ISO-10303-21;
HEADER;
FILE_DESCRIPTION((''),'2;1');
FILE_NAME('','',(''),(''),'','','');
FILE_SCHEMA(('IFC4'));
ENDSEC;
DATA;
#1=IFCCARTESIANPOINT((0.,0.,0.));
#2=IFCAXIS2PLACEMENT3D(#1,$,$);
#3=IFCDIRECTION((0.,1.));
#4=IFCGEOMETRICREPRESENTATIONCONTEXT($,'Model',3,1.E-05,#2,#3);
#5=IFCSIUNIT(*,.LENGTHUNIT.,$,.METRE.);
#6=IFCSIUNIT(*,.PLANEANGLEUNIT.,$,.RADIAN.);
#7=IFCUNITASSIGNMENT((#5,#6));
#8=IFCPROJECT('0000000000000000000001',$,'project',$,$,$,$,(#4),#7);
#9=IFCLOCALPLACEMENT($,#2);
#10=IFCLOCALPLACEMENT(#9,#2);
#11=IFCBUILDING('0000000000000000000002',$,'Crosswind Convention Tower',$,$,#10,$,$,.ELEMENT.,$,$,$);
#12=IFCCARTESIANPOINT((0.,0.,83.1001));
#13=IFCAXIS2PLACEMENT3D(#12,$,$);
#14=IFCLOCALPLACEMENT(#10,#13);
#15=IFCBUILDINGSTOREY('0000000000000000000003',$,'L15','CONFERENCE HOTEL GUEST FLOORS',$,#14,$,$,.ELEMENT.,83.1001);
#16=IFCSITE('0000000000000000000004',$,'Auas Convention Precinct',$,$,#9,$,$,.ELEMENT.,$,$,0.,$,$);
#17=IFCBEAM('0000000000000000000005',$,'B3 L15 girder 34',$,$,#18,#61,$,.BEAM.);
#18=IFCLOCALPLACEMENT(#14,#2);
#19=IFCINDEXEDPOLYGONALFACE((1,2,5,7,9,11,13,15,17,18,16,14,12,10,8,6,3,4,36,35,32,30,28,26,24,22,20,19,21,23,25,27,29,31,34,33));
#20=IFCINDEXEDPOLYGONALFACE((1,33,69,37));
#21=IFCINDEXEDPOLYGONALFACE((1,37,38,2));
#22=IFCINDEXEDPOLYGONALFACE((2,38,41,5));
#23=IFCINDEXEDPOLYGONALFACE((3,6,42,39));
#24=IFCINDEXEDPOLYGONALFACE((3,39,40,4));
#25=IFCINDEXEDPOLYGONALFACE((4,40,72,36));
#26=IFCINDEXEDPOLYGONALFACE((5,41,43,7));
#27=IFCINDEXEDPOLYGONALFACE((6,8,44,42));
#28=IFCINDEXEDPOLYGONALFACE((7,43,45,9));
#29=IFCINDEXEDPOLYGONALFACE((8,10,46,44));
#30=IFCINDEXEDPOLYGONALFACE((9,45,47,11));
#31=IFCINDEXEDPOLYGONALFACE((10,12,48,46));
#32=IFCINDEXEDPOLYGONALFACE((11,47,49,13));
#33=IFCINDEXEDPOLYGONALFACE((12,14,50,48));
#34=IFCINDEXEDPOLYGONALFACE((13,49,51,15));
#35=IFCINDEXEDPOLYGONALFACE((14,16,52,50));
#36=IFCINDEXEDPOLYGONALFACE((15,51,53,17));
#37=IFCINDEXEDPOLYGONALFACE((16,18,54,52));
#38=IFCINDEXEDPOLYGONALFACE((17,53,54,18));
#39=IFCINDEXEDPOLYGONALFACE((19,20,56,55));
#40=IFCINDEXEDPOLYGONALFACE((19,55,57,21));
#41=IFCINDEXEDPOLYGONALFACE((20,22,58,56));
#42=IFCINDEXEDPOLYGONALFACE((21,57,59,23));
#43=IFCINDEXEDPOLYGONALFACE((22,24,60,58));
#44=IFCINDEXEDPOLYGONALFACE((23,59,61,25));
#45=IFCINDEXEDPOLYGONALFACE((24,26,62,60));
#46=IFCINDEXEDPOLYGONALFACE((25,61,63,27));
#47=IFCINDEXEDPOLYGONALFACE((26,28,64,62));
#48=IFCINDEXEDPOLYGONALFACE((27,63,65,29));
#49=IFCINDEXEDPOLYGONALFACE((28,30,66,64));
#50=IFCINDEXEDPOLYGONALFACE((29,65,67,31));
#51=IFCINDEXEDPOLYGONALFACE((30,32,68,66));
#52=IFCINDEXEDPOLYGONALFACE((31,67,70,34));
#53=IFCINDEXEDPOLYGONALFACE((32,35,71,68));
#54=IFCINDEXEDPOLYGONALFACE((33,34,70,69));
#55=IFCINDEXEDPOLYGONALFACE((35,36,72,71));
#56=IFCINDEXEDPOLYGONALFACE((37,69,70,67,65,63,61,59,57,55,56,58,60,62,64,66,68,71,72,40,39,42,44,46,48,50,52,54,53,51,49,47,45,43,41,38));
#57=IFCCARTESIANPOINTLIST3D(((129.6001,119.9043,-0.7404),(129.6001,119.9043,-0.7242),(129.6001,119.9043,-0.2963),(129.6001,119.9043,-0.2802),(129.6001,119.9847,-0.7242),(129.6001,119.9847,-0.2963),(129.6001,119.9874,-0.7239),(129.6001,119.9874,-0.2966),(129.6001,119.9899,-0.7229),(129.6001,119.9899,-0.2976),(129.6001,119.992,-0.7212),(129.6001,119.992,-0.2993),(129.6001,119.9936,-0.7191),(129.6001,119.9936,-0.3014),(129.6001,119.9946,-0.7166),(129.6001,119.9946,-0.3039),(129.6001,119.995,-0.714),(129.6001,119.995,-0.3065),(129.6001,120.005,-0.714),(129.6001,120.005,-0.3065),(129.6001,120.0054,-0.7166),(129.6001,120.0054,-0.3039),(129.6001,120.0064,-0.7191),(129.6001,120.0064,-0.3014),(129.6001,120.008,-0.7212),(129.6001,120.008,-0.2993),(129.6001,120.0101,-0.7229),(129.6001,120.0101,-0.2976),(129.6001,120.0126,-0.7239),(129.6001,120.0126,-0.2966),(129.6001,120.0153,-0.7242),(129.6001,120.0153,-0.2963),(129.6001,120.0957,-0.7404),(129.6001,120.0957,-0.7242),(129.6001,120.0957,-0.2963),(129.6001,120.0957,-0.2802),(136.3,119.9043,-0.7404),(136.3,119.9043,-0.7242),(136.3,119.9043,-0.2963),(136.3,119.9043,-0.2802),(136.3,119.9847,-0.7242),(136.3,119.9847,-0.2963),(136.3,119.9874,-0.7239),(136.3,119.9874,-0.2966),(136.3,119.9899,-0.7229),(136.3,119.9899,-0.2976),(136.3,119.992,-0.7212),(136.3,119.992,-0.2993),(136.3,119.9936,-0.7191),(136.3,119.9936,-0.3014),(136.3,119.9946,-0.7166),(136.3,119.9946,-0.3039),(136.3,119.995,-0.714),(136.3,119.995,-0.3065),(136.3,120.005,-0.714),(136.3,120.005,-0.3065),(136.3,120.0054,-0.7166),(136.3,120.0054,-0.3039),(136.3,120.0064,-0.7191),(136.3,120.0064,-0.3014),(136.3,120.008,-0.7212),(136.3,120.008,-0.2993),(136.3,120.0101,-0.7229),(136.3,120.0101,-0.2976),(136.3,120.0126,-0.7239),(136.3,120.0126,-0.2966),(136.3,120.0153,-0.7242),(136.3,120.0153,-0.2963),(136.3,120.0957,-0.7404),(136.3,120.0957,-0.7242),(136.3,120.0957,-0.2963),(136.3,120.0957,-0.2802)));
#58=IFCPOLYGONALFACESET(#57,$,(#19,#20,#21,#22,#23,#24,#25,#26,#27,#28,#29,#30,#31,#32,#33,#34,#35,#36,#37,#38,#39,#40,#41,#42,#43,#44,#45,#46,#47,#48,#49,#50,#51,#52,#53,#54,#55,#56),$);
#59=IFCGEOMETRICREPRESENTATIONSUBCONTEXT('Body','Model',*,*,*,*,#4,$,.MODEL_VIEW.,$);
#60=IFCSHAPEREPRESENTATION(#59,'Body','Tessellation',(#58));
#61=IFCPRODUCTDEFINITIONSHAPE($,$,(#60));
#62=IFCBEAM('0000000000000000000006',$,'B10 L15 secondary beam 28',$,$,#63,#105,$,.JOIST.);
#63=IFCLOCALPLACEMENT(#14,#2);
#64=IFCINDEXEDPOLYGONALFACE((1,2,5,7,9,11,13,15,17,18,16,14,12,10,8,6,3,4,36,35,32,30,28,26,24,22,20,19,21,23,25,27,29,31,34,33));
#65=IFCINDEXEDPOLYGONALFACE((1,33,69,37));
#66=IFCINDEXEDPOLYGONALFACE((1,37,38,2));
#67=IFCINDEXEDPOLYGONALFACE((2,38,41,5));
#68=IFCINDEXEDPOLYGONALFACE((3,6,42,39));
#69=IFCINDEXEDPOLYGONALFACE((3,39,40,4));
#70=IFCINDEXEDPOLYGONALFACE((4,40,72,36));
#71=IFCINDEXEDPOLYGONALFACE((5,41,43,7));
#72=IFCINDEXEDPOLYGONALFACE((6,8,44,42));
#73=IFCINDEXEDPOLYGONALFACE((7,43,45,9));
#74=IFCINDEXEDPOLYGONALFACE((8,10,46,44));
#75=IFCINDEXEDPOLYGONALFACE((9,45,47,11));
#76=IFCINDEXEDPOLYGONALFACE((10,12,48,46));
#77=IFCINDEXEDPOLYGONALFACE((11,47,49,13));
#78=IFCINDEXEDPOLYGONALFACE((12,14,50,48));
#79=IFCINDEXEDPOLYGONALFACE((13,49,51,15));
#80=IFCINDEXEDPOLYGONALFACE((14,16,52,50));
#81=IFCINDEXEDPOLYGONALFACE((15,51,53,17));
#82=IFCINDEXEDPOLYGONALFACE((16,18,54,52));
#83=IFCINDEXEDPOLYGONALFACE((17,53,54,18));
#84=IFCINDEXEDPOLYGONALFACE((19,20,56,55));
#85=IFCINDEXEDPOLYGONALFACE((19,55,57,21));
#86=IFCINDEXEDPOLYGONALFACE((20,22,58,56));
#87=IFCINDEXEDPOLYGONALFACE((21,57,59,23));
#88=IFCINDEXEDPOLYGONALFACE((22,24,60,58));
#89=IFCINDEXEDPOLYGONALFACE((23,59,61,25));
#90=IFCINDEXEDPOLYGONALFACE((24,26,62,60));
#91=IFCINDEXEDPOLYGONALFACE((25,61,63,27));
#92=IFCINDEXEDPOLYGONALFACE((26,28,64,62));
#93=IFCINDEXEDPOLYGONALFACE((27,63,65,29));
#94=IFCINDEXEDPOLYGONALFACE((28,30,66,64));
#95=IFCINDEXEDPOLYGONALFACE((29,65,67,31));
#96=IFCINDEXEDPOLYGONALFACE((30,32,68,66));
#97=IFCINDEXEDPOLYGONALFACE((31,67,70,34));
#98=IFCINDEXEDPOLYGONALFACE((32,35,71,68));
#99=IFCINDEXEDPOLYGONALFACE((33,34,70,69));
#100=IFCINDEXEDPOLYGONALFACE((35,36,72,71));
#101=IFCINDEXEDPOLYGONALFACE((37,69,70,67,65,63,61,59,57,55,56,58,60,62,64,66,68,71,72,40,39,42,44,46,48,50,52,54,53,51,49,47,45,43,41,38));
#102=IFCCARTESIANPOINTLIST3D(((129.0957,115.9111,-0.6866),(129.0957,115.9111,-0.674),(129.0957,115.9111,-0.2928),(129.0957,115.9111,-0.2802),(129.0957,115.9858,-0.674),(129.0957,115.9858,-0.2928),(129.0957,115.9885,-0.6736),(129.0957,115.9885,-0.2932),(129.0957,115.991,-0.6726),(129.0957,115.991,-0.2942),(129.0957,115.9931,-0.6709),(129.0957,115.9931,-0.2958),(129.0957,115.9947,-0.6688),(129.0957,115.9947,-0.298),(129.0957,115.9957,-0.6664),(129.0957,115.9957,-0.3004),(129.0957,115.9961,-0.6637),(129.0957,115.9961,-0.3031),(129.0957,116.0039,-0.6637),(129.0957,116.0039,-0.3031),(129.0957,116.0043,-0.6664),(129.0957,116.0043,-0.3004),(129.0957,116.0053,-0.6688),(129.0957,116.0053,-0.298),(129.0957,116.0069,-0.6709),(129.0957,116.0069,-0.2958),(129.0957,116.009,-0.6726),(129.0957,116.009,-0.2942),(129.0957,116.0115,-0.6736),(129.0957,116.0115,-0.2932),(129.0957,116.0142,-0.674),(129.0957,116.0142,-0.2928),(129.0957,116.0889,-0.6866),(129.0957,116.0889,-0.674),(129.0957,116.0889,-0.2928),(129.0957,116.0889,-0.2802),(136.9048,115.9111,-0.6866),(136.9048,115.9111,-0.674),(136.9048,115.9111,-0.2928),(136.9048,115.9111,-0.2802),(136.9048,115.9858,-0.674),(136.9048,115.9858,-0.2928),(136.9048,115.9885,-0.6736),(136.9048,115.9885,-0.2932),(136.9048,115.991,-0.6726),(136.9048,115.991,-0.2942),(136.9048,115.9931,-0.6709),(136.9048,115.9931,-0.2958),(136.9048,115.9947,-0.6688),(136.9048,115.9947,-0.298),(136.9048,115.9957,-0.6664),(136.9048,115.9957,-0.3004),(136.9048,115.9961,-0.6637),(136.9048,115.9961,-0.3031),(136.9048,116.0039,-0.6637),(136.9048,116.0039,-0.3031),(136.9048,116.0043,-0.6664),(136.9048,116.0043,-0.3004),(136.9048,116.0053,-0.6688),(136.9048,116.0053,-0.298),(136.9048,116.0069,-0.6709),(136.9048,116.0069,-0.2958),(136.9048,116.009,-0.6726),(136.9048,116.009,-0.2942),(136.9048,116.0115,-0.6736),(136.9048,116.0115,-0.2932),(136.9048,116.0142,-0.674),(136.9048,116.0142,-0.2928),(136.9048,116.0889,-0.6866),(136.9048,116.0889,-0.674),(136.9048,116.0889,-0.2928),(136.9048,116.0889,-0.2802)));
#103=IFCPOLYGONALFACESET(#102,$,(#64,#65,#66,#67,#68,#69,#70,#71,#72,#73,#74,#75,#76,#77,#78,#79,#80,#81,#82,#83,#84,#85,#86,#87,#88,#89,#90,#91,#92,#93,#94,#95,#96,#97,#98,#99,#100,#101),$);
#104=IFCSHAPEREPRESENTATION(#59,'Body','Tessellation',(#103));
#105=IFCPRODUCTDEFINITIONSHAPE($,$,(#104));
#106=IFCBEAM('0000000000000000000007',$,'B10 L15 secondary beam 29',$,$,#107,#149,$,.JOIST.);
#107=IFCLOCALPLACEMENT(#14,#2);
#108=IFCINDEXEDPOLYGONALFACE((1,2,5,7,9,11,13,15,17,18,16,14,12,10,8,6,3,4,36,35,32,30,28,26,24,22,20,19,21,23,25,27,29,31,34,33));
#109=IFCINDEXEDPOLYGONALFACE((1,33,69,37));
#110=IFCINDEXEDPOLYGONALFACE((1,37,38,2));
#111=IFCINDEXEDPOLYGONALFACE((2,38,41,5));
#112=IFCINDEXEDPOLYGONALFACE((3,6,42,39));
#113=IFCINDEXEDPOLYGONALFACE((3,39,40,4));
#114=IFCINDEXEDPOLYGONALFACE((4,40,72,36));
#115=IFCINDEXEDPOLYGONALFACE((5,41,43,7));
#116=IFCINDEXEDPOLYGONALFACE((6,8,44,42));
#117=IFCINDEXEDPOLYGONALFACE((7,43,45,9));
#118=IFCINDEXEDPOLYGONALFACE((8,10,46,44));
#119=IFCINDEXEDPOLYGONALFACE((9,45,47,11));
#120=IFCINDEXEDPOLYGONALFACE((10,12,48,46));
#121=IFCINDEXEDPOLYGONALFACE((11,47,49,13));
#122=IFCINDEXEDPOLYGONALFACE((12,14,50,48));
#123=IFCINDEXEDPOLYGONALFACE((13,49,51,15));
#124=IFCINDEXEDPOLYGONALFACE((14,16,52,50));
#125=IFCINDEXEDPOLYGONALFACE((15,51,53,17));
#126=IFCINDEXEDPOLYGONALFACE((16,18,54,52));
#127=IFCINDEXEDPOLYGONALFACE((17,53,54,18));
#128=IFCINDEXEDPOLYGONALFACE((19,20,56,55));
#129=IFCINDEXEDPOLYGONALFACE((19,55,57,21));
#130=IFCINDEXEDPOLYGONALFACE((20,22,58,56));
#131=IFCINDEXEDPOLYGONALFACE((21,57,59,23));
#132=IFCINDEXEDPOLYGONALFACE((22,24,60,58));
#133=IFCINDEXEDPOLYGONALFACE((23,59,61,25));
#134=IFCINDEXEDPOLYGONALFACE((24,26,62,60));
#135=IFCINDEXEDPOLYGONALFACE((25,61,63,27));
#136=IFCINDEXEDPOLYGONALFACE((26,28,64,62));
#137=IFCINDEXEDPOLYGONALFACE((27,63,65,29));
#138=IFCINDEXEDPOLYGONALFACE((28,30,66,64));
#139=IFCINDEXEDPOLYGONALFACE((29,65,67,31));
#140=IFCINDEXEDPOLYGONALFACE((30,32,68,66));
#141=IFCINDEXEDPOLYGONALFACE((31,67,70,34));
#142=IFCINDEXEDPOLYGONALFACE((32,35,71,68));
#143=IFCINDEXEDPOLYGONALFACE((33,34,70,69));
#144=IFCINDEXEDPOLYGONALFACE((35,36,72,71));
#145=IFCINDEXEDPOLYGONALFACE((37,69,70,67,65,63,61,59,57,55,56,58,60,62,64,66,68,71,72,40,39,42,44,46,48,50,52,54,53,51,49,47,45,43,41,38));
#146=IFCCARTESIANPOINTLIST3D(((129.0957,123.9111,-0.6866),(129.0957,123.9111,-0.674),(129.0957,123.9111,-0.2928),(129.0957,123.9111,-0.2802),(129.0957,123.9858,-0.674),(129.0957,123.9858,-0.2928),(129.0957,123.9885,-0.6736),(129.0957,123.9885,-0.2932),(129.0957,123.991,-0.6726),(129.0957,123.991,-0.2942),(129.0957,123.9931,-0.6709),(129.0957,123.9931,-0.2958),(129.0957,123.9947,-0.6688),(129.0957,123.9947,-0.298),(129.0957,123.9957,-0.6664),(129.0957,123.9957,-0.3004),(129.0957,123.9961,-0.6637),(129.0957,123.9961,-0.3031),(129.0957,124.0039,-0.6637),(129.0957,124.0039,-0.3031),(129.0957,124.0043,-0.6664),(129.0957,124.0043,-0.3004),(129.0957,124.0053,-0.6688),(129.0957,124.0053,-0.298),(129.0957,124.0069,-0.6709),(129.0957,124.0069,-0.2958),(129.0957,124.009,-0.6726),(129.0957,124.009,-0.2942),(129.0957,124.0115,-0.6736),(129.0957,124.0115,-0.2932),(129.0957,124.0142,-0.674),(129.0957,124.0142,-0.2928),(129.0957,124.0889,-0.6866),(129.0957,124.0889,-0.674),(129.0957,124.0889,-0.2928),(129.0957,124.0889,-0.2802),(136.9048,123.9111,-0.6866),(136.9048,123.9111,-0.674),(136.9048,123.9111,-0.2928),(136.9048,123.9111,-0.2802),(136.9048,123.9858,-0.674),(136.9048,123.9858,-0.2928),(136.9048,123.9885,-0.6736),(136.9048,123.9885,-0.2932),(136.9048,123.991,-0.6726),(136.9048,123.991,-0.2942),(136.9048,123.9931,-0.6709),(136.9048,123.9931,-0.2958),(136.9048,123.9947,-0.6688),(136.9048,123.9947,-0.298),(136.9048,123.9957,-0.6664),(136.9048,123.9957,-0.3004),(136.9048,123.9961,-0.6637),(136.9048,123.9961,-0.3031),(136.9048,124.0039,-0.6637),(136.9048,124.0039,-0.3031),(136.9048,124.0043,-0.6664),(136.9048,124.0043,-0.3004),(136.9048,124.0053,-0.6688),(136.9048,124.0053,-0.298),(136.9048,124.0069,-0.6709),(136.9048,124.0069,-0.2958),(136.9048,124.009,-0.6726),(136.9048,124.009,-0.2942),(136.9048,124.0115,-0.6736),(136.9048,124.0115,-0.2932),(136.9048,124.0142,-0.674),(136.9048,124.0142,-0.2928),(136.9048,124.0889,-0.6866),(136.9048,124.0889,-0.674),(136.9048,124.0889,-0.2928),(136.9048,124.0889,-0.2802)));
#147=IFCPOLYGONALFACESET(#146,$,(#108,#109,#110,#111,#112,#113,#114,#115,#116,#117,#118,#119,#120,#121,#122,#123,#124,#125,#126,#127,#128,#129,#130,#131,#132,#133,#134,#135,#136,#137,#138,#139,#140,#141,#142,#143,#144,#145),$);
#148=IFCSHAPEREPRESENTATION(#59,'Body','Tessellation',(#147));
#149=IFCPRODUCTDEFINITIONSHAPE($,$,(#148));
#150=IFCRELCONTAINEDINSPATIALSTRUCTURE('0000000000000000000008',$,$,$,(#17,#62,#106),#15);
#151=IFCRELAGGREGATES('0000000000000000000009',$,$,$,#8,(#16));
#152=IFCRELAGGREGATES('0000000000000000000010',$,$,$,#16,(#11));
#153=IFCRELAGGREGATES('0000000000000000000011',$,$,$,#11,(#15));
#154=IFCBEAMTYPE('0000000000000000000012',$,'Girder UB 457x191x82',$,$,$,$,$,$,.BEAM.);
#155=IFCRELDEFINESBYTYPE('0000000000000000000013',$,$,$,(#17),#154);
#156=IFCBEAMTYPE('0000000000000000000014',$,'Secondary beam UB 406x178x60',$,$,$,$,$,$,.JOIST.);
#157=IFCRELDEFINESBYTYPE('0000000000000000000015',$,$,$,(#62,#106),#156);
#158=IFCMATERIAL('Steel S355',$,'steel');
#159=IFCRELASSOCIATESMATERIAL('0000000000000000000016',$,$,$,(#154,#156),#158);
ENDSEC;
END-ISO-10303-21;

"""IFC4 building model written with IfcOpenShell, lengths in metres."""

from ifc_helpers import new_model, si_unit, direction, frame, origin, origin_2d, place, context, subcontext, project, spatial, i_section, extrude, material, material_profile, profile_set, type_object, element, save


model = new_model("IFC4")

# Units and contexts
model_context = context("Model", 3, precision=1e-05, world=origin(), true_north=direction((0.0, 1.0)))
body_context = subcontext(model_context, "Body", "Model", "MODEL_VIEW")
ifc_project = project(units=[si_unit("LENGTHUNIT", "METRE"), si_unit("PLANEANGLEUNIT", "RADIAN")], contexts=[model_context])

# Site, building, storey
site_placement = place(None, origin())
site = spatial("IfcSite", under=ifc_project, at=site_placement, Name="Auas Convention Precinct", CompositionType="ELEMENT", RefElevation=0.0)
building_placement = place(site_placement, origin())
building = spatial("IfcBuilding", under=site, at=building_placement, Name="Crosswind Convention Tower", CompositionType="ELEMENT")
storey_placement = place(building_placement, frame((0.0, 0.0, 83.1001)))
storey = spatial("IfcBuildingStorey", under=building, at=storey_placement, Name="L15", Description="CONFERENCE HOTEL GUEST FLOORS", CompositionType="ELEMENT", Elevation=83.1001)

# Beams
ifc_material_1 = material(Name="Steel S355", Category="steel")
ifc_material_profile_1 = material_profile(ifc_material_1, i_section(OverallWidth=0.1914, OverallDepth=0.4602, WebThickness=0.01, FlangeThickness=0.0161, FilletRadius=0.0103, at=origin_2d()), Name="UB 457x191x82")
ifc_profile_set_1 = profile_set([ifc_material_profile_1], Name="Steel S355")
beam_type_1 = type_object("IfcBeamType", Name="Girder UB 457x191x82", PredefinedType="BEAM", material=ifc_profile_set_1)
beam_1_placement = place(storey_placement, frame((129.6001, 120.0, -0.5103), z_axis=(1.0, 0.0, 0.0), x_axis=(0.0, 1.0, 0.0)))
element("IfcBeam", 1, at=beam_1_placement, inside=storey, type_object=beam_type_1, Name="B3 L15 girder 34", PredefinedType="BEAM", context=body_context, shape_type="SweptSolid", body=[
    extrude(i_section(OverallWidth=0.1914, OverallDepth=0.4602, WebThickness=0.01, FlangeThickness=0.0161, FilletRadius=0.0103, at=origin_2d()), origin(), (0.0, 0.0, 1.0), 6.7),
])
ifc_material_profile_2 = material_profile(ifc_material_1, i_section(OverallWidth=0.1777, OverallDepth=0.4065, WebThickness=0.0078, FlangeThickness=0.0127, FilletRadius=0.0103, at=origin_2d()), Name="UB 406x178x60")
ifc_profile_set_2 = profile_set([ifc_material_profile_2], Name="Steel S355")
beam_type_2 = type_object("IfcBeamType", Name="Secondary beam UB 406x178x60", PredefinedType="JOIST", material=ifc_profile_set_2)
for number, where, z_axis, x_axis, name in (
    (2, (129.0957, 116.0, -0.4834), (1.0, 0.0, 0.0), (0.0, 1.0, 0.0), "B10 L15 secondary beam 28"),
    (3, (129.0957, 124.0, -0.4834), (1.0, 0.0, 0.0), (0.0, 1.0, 0.0), "B10 L15 secondary beam 29"),
):
    element("IfcBeam", number, at=place(storey_placement, frame(where, z_axis=z_axis, x_axis=x_axis)), inside=storey, type_object=beam_type_2, Name=name, PredefinedType="JOIST", context=body_context, shape_type="SweptSolid", body=[
        extrude(i_section(OverallWidth=0.1777, OverallDepth=0.4065, WebThickness=0.0078, FlangeThickness=0.0127, FilletRadius=0.0103, at=origin_2d()), origin(), (0.0, 0.0, 1.0), 7.8091),
    ])

save(model, "model.ifc")
